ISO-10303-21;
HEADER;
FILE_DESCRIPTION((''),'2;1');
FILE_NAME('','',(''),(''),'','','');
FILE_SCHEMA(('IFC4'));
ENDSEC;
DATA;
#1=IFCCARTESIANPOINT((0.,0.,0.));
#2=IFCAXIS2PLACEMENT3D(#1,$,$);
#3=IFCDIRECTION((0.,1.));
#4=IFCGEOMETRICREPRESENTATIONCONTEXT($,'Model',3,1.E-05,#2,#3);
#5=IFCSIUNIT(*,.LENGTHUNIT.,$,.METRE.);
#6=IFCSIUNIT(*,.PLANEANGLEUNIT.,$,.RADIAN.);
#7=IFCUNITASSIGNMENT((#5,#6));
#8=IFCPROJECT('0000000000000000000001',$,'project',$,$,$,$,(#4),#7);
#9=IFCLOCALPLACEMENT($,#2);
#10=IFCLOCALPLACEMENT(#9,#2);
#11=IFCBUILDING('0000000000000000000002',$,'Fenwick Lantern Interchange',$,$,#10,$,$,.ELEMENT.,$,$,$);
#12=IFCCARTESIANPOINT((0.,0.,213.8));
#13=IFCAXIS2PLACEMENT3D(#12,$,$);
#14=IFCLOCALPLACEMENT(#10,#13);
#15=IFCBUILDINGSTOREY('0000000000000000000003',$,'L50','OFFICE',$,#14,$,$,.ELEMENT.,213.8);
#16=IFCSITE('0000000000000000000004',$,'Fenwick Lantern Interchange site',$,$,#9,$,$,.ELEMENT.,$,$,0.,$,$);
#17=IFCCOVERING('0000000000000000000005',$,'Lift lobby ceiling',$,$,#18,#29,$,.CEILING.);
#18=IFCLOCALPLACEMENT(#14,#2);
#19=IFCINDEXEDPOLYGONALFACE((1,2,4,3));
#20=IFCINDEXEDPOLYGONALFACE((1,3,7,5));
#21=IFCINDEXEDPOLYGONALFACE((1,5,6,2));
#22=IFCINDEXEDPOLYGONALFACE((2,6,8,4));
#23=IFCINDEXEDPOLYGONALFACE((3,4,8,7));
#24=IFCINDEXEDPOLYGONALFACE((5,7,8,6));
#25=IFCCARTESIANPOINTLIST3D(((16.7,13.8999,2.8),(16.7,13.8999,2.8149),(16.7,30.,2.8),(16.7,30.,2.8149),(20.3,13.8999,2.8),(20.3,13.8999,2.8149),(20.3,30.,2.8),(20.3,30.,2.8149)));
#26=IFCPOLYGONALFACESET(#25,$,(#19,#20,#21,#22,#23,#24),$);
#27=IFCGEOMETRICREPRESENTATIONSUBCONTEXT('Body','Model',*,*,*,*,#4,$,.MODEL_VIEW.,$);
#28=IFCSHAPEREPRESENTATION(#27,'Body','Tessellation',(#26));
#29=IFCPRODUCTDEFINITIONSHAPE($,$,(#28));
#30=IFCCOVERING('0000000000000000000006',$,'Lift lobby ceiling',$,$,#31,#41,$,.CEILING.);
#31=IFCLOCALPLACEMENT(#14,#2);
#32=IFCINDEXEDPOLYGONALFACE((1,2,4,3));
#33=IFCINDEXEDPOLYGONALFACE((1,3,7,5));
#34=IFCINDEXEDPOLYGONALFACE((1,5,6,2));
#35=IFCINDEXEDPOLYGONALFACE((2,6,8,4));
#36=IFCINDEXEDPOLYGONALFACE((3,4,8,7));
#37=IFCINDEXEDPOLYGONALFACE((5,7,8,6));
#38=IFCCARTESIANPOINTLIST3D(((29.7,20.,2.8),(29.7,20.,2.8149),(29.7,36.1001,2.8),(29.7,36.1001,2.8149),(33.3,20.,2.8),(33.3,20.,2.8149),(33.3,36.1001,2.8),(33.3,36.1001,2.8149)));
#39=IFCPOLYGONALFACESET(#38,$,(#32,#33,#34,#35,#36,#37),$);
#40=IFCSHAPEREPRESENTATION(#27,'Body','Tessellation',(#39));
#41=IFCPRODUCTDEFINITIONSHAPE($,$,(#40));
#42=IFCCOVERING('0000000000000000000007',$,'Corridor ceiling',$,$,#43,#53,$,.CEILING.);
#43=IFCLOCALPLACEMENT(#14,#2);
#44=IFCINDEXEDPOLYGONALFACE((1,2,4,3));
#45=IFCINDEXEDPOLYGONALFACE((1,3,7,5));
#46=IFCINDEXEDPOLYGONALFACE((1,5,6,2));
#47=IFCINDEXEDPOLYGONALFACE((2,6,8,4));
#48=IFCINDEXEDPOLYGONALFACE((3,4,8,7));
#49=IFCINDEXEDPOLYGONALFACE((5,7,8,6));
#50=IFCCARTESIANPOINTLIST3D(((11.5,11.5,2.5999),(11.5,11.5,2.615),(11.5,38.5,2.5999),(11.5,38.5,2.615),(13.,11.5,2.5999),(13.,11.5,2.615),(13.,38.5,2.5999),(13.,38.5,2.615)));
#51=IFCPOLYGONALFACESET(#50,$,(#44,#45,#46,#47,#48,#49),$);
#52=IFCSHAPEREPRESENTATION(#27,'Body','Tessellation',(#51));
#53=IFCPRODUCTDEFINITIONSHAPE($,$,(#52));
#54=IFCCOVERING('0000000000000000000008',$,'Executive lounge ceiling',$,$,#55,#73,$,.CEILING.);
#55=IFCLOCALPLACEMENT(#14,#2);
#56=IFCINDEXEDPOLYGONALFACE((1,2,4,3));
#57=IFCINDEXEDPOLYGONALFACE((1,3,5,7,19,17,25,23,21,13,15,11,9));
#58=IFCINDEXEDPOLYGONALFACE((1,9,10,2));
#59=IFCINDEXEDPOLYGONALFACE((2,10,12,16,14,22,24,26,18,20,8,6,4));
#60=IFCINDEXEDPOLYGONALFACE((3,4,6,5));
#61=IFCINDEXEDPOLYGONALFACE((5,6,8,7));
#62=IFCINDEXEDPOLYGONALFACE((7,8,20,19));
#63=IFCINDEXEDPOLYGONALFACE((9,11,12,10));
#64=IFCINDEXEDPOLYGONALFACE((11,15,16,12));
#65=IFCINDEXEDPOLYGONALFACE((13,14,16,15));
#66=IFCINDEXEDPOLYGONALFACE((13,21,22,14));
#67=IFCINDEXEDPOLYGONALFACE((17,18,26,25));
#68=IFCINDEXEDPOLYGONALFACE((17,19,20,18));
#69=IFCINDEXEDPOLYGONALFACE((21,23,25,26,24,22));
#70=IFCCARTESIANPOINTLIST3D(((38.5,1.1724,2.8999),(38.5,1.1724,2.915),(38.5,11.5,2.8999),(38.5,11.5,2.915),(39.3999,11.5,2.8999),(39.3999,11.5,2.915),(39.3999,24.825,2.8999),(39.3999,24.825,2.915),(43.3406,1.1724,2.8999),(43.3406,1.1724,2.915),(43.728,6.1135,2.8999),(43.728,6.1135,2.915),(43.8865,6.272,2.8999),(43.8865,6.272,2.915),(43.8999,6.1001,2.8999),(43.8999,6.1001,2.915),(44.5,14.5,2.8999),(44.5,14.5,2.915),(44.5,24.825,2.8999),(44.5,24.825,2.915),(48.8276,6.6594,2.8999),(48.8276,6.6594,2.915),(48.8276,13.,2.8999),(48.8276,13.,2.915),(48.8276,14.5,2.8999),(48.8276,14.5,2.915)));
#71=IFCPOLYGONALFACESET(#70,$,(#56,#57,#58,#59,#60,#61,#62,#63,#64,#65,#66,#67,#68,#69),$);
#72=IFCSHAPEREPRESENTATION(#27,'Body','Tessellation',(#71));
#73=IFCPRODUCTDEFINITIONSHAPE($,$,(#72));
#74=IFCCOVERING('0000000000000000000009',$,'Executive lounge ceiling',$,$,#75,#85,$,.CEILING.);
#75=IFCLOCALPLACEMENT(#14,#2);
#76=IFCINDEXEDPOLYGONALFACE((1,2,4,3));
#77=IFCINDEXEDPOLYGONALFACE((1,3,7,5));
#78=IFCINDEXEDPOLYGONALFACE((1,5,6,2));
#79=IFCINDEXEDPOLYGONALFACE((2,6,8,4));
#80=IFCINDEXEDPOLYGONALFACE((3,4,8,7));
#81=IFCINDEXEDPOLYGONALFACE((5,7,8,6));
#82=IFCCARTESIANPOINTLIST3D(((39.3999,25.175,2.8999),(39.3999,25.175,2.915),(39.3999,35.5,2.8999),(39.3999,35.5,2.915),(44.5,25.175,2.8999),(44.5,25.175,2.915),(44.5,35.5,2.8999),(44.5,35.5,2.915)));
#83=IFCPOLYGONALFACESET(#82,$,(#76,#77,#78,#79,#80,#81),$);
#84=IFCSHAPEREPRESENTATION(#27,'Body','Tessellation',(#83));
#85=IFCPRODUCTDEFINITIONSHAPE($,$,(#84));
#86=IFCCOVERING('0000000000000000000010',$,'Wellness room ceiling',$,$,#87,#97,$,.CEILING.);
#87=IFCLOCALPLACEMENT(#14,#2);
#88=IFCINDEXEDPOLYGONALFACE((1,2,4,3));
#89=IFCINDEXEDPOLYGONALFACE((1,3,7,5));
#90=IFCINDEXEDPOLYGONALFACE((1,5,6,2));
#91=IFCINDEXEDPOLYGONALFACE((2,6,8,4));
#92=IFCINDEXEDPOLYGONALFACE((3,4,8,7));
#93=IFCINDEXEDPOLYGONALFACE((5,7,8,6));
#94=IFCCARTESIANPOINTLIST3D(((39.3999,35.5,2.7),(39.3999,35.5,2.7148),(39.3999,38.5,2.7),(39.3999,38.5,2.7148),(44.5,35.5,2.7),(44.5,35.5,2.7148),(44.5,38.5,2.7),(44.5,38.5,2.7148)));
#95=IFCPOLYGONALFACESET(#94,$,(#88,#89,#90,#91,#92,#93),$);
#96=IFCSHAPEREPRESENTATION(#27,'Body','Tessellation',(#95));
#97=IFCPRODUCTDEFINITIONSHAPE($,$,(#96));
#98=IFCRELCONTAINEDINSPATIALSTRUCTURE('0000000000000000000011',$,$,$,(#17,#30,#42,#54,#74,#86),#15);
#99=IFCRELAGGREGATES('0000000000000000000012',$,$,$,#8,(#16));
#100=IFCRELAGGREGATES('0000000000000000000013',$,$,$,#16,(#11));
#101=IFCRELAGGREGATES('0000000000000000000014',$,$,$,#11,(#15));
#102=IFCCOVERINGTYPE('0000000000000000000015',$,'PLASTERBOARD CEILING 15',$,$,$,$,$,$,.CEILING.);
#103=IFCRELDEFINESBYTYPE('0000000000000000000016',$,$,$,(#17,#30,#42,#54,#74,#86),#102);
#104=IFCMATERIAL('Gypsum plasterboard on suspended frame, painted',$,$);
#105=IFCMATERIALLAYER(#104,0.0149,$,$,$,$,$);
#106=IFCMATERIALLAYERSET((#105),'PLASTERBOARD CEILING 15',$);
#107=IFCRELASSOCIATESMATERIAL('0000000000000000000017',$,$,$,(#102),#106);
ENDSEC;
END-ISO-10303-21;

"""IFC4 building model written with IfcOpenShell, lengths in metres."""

from ifc_helpers import new_model, si_unit, direction, frame, origin, place, context, subcontext, project, spatial, polyline, outline, extrude, material, layer, layer_set, type_object, element, save


model = new_model("IFC4")

# Units and contexts
model_context = context("Model", 3, precision=1e-05, world=origin(), true_north=direction((0.0, 1.0)))
body_context = subcontext(model_context, "Body", "Model", "MODEL_VIEW")
ifc_project = project(units=[si_unit("LENGTHUNIT", "METRE"), si_unit("PLANEANGLEUNIT", "RADIAN")], contexts=[model_context])

# Site, building, storey
site_placement = place(None, origin())
site = spatial("IfcSite", under=ifc_project, at=site_placement, Name="Fenwick Lantern Interchange site", CompositionType="ELEMENT", RefElevation=0.0)
building_placement = place(site_placement, origin())
building = spatial("IfcBuilding", under=site, at=building_placement, Name="Fenwick Lantern Interchange", CompositionType="ELEMENT")
storey_placement = place(building_placement, frame((0.0, 0.0, 213.8)))
storey = spatial("IfcBuildingStorey", under=building, at=storey_placement, Name="L50", Description="OFFICE", CompositionType="ELEMENT", Elevation=213.8)

# Coverings
ifc_material_1 = material(Name="Gypsum plasterboard on suspended frame, painted")
ifc_layer_1 = layer(ifc_material_1, 0.0149)
ifc_layer_set_1 = layer_set([ifc_layer_1], Name="PLASTERBOARD CEILING 15")
covering_type_1 = type_object("IfcCoveringType", Name="PLASTERBOARD CEILING 15", PredefinedType="CEILING", material=ifc_layer_set_1)
covering_1_placement = place(storey_placement, frame((0.0, 0.0, 2.8)))
element("IfcCovering", 1, at=covering_1_placement, inside=storey, type_object=covering_type_1, Name="Lift lobby ceiling", PredefinedType="CEILING", context=body_context, shape_type="SweptSolid", body=[
    extrude(outline(polyline([(16.7, 13.8999), (20.3, 13.8999), (20.3, 30.0), (16.7, 30.0), (16.7, 13.8999)])), origin(), (0.0, 0.0, 1.0), 0.0149),
])
covering_2_placement = place(storey_placement, frame((0.0, 0.0, 2.8)))
element("IfcCovering", 2, at=covering_2_placement, inside=storey, type_object=covering_type_1, Name="Lift lobby ceiling", PredefinedType="CEILING", context=body_context, shape_type="SweptSolid", body=[
    extrude(outline(polyline([(33.3, 36.1001), (29.7, 36.1001), (29.7, 20.0), (33.3, 20.0), (33.3, 36.1001)])), origin(), (0.0, 0.0, 1.0), 0.0149),
])
covering_3_placement = place(storey_placement, frame((0.0, 0.0, 2.5999)))
element("IfcCovering", 3, at=covering_3_placement, inside=storey, type_object=covering_type_1, Name="Corridor ceiling", PredefinedType="CEILING", context=body_context, shape_type="SweptSolid", body=[
    extrude(outline(polyline([(13.0, 38.5), (11.5, 38.5), (11.5, 11.5), (13.0, 11.5), (13.0, 38.5)])), origin(), (0.0, 0.0, 1.0), 0.0151),
])
covering_4_placement = place(storey_placement, frame((0.0, 0.0, 2.8999)))
element("IfcCovering", 4, at=covering_4_placement, inside=storey, type_object=covering_type_1, Name="Executive lounge ceiling", PredefinedType="CEILING", context=body_context, shape_type="SweptSolid", body=[
    extrude(outline(polyline([(38.5, 11.5), (38.5, 1.1724), (43.3406, 1.1724), (43.728, 6.1135), (43.8999, 6.1001), (43.8865, 6.272), (48.8276, 6.6594), (48.8276, 13.0), (48.8276, 14.5), (44.5, 14.5), (44.5, 24.825), (39.3999, 24.825), (39.3999, 11.5), (38.5, 11.5)])), origin(), (0.0, 0.0, 1.0), 0.0151),
])
covering_5_placement = place(storey_placement, frame((0.0, 0.0, 2.8999)))
element("IfcCovering", 5, at=covering_5_placement, inside=storey, type_object=covering_type_1, Name="Executive lounge ceiling", PredefinedType="CEILING", context=body_context, shape_type="SweptSolid", body=[
    extrude(outline(polyline([(39.3999, 35.5), (39.3999, 25.175), (44.5, 25.175), (44.5, 35.5), (39.3999, 35.5)])), origin(), (0.0, 0.0, 1.0), 0.0151),
])
covering_6_placement = place(storey_placement, frame((0.0, 0.0, 2.7)))
element("IfcCovering", 6, at=covering_6_placement, inside=storey, type_object=covering_type_1, Name="Wellness room ceiling", PredefinedType="CEILING", context=body_context, shape_type="SweptSolid", body=[
    extrude(outline(polyline([(44.5, 35.5), (44.5, 38.5), (39.3999, 38.5), (39.3999, 35.5), (44.5, 35.5)])), origin(), (0.0, 0.0, 1.0), 0.0149),
])

save(model, "model.ifc")
